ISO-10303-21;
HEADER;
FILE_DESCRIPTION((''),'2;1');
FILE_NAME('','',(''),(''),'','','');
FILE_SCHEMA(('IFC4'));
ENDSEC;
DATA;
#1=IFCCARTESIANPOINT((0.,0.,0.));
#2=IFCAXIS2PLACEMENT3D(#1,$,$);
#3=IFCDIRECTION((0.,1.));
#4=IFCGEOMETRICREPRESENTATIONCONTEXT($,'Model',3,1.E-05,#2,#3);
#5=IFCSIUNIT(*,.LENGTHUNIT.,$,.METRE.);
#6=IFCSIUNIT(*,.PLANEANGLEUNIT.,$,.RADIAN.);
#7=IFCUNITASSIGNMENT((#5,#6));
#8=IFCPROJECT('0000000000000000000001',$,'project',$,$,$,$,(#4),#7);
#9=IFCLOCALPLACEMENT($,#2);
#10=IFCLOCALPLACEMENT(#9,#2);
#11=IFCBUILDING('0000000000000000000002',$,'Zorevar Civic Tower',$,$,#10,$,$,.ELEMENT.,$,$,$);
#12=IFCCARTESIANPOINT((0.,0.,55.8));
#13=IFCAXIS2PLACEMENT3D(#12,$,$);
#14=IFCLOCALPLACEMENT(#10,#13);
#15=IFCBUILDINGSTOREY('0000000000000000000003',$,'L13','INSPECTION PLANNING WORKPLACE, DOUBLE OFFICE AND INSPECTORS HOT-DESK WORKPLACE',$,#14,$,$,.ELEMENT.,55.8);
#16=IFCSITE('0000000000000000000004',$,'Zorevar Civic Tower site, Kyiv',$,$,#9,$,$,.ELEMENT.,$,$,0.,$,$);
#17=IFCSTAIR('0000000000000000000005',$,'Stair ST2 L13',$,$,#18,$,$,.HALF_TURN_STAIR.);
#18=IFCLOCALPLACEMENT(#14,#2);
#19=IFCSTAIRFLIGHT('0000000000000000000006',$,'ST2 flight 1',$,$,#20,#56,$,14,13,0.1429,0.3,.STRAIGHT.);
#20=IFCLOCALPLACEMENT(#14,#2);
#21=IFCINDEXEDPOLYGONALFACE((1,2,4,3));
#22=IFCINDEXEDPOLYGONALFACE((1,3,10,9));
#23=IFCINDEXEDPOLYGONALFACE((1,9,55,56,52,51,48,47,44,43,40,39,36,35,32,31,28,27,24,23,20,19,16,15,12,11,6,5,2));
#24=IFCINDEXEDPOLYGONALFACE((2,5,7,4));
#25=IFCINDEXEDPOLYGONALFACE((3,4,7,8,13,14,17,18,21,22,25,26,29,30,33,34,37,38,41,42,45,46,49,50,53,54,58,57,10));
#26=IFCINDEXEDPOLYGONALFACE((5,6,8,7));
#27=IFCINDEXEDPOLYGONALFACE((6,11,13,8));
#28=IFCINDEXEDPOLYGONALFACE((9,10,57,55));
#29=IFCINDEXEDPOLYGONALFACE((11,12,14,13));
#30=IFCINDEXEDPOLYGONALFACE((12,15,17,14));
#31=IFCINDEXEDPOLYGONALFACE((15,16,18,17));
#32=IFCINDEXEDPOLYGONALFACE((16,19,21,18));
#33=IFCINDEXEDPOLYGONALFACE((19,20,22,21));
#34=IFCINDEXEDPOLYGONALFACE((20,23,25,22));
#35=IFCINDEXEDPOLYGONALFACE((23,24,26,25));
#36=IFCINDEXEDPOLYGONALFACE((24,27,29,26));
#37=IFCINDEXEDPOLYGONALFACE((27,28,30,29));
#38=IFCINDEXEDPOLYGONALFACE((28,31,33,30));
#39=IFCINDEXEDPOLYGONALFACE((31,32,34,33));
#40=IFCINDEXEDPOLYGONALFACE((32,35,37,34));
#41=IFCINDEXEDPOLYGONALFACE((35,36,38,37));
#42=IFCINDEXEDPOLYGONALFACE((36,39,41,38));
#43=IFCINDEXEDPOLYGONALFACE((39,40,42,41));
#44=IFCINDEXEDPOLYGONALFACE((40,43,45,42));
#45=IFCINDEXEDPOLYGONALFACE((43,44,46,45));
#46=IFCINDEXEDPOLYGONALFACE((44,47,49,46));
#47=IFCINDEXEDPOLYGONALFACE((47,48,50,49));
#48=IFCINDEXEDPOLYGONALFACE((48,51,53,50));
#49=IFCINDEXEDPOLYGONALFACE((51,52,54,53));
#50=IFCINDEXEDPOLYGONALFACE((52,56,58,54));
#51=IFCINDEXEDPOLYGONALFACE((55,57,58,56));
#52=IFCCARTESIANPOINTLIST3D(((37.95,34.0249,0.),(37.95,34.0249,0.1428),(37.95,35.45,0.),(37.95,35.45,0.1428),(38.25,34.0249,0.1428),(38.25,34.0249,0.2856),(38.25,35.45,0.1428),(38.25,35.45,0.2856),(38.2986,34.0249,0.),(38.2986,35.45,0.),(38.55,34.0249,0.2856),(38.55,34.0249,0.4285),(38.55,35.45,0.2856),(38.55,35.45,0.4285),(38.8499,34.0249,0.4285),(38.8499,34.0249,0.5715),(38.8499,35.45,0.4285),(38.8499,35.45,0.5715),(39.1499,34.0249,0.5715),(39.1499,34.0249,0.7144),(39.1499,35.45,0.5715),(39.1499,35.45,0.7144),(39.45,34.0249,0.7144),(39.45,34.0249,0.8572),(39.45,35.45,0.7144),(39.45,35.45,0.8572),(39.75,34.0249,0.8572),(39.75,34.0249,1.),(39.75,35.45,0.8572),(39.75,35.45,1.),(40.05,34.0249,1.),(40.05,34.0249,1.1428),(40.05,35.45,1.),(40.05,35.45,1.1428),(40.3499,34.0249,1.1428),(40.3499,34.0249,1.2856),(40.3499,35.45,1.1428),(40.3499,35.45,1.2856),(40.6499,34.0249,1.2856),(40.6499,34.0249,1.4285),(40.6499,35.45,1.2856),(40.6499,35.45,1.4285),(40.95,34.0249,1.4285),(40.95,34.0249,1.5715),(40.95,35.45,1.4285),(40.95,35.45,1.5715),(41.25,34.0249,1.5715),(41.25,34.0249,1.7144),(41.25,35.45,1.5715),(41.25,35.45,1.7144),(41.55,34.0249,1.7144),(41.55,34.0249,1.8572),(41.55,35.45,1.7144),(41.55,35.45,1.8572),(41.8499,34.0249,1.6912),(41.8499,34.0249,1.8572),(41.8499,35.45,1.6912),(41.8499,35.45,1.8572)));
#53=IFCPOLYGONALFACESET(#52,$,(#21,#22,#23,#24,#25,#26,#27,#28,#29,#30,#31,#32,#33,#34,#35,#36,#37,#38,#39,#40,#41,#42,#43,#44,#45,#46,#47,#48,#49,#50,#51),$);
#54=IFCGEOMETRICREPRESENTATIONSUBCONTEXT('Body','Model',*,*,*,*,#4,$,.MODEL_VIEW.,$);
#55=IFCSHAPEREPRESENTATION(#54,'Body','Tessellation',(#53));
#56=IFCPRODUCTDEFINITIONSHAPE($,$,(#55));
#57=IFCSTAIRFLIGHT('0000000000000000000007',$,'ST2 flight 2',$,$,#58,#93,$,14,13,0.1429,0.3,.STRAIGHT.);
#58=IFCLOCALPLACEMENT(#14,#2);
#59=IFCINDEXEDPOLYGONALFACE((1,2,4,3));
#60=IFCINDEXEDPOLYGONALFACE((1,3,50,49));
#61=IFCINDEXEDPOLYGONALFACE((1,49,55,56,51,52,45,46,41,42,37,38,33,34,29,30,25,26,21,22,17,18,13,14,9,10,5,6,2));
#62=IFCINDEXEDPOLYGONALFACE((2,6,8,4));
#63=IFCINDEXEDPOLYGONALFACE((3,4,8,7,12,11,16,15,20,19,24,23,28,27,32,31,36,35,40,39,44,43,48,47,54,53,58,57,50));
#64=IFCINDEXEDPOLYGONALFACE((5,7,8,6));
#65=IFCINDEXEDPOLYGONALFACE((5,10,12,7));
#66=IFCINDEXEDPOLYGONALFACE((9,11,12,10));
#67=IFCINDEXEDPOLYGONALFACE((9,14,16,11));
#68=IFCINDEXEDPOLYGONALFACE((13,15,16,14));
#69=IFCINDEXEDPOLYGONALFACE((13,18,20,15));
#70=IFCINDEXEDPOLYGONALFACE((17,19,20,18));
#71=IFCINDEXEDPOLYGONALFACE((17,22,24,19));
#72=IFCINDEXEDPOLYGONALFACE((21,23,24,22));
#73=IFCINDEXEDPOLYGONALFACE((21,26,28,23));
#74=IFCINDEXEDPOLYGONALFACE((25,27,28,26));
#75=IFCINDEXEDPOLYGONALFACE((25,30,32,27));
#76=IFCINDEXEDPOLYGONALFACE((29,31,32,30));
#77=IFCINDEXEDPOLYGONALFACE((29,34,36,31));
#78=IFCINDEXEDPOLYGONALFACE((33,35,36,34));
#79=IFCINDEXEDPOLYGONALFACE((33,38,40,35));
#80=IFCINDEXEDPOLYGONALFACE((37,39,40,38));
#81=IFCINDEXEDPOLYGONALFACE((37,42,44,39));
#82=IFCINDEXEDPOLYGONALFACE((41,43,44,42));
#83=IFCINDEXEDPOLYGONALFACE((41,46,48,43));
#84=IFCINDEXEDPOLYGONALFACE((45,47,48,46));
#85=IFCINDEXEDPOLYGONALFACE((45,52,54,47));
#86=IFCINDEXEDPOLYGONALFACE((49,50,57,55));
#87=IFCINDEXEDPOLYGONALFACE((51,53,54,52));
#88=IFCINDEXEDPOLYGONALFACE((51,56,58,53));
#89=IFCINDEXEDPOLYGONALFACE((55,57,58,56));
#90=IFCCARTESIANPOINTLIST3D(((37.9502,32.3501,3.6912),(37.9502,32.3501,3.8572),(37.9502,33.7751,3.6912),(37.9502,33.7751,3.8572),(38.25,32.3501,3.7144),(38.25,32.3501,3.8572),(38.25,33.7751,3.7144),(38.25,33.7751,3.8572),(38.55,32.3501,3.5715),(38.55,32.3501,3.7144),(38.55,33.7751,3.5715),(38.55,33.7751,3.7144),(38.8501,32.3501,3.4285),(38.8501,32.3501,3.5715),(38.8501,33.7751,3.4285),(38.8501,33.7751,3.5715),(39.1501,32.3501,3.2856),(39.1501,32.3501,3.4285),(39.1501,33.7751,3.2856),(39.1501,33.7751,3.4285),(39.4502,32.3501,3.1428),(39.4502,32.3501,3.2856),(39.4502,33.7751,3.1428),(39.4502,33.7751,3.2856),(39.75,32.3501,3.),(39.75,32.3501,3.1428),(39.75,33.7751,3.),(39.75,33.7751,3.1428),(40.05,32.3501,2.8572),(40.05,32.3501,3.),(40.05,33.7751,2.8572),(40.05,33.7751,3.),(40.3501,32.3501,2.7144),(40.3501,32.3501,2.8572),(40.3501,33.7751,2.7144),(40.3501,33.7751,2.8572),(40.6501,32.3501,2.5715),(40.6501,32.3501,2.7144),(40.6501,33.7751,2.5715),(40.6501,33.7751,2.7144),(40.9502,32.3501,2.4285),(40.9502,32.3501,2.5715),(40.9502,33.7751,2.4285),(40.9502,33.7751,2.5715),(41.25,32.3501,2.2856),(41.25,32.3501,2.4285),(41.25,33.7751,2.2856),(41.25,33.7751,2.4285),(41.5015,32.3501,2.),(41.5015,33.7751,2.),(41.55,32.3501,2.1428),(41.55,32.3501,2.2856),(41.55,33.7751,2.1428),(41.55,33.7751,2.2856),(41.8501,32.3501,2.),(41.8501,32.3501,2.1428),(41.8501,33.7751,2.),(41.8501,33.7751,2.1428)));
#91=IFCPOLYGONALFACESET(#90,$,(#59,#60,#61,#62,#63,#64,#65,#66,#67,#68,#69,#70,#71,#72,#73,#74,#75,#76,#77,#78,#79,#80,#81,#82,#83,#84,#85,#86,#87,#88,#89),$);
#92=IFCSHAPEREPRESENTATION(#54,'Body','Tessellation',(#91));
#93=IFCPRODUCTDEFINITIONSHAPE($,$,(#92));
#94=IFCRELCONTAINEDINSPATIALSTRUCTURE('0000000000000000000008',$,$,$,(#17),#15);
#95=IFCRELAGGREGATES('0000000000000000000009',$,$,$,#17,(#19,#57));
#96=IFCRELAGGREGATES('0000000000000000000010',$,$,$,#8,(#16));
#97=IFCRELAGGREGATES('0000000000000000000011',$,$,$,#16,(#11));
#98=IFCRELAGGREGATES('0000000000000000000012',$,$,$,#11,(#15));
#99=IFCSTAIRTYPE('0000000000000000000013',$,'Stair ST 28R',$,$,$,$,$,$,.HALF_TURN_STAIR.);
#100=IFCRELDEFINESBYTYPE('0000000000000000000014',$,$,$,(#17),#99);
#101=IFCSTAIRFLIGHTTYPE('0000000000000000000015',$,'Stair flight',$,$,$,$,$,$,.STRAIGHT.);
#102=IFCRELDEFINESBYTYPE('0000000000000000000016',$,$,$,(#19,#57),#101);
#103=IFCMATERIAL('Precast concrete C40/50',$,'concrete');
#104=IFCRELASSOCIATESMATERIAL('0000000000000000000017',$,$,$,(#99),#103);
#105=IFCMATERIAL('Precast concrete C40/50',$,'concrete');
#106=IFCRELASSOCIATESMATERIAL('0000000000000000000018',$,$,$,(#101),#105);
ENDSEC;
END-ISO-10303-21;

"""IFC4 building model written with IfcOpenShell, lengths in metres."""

from ifc_helpers import new_model, si_unit, direction, frame, origin, place, context, subcontext, project, spatial, polyline, outline, extrude, material, type_object, element, aggregate, save


model = new_model("IFC4")

# Units and contexts
model_context = context("Model", 3, precision=1e-05, world=origin(), true_north=direction((0.0, 1.0)))
body_context = subcontext(model_context, "Body", "Model", "MODEL_VIEW")
ifc_project = project(units=[si_unit("LENGTHUNIT", "METRE"), si_unit("PLANEANGLEUNIT", "RADIAN")], contexts=[model_context])

# Site, building, storey
site_placement = place(None, origin())
site = spatial("IfcSite", under=ifc_project, at=site_placement, Name="Zorevar Civic Tower site, Kyiv", CompositionType="ELEMENT", RefElevation=0.0)
building_placement = place(site_placement, origin())
building = spatial("IfcBuilding", under=site, at=building_placement, Name="Zorevar Civic Tower", CompositionType="ELEMENT")
storey_placement = place(building_placement, frame((0.0, 0.0, 55.8)))
storey = spatial("IfcBuildingStorey", under=building, at=storey_placement, Name="L13", Description="INSPECTION PLANNING WORKPLACE, DOUBLE OFFICE AND INSPECTORS HOT-DESK WORKPLACE", CompositionType="ELEMENT", Elevation=55.8)

# Stair, stair flights
ifc_material_1 = material(Name="Precast concrete C40/50", Category="concrete")
stair_type = type_object("IfcStairType", Name="Stair ST 28R", PredefinedType="HALF_TURN_STAIR", material=ifc_material_1)
stair_placement = place(storey_placement, origin())
stair = element("IfcStair", 1, at=stair_placement, inside=storey, type_object=stair_type, Name="Stair ST2 L13", PredefinedType="HALF_TURN_STAIR")
ifc_material_2 = material(Name="Precast concrete C40/50", Category="concrete")
stair_flight_type = type_object("IfcStairFlightType", Name="Stair flight", PredefinedType="STRAIGHT", material=ifc_material_2)
stair_flight_1_placement = place(storey_placement, frame((37.95, 34.7375, 0.0), z_axis=(0.0, 0.0, 1.0), x_axis=(1.0, 0.0, 0.0)))
stair_flight_1 = element("IfcStairFlight", 2, at=stair_flight_1_placement, type_object=stair_flight_type, Name="ST2 flight 1", NumberOfRisers=14, NumberOfTreads=13, PredefinedType="STRAIGHT", RiserHeight=0.1429, TreadLength=0.3, context=body_context, shape_type="SweptSolid", body=[
    extrude(outline(polyline([(0.0, 0.0), (0.0, 0.1428), (0.3, 0.1428), (0.3, 0.2856), (0.6001, 0.2856), (0.6001, 0.4285), (0.8999, 0.4285), (0.8999, 0.5715), (1.2, 0.5715), (1.2, 0.7144), (1.5, 0.7144), (1.5, 0.8572), (1.8, 0.8572), (1.8, 1.0), (2.1001, 1.0), (2.1001, 1.1428), (2.3999, 1.1428), (2.3999, 1.2856), (2.7, 1.2856), (2.7, 1.4285), (3.0, 1.4285), (3.0, 1.5715), (3.3, 1.5715), (3.3, 1.7144), (3.6001, 1.7144), (3.6001, 1.8572), (3.8999, 1.8572), (3.8999, 2.0), (3.8999, 1.6912), (0.3486, 0.0), (0.0, 0.0)])), frame((0.0, 0.7124, 0.0), z_axis=(0.0, -1.0, 0.0), x_axis=(1.0, 0.0, 0.0)), (0.0, 0.0, 1.0), 1.425),
])
stair_flight_2_placement = place(storey_placement, frame((41.8501, 33.0625, 2.0), z_axis=(0.0, 0.0, 1.0), x_axis=(-1.0, 0.0, 0.0)))
stair_flight_2 = element("IfcStairFlight", 3, at=stair_flight_2_placement, type_object=stair_flight_type, Name="ST2 flight 2", NumberOfRisers=14, NumberOfTreads=13, PredefinedType="STRAIGHT", RiserHeight=0.1429, TreadLength=0.3, context=body_context, shape_type="SweptSolid", body=[
    extrude(outline(polyline([(0.0, 0.0), (0.0, 0.1428), (0.3, 0.1428), (0.3, 0.2856), (0.6001, 0.2856), (0.6001, 0.4285), (0.8999, 0.4285), (0.8999, 0.5715), (1.2, 0.5715), (1.2, 0.7144), (1.5, 0.7144), (1.5, 0.8572), (1.8, 0.8572), (1.8, 1.0), (2.1001, 1.0), (2.1001, 1.1428), (2.3999, 1.1428), (2.3999, 1.2856), (2.7, 1.2856), (2.7, 1.4285), (3.0, 1.4285), (3.0, 1.5715), (3.3, 1.5715), (3.3, 1.7144), (3.6001, 1.7144), (3.6001, 1.8572), (3.8999, 1.8572), (3.8999, 2.0), (3.8999, 1.6912), (0.3486, 0.0), (0.0, 0.0)])), frame((0.0, 0.7124, 0.0), z_axis=(0.0, -1.0, 0.0), x_axis=(1.0, 0.0, 0.0)), (0.0, 0.0, 1.0), 1.425),
])
aggregate(stair, [stair_flight_1, stair_flight_2])

save(model, "model.ifc")
